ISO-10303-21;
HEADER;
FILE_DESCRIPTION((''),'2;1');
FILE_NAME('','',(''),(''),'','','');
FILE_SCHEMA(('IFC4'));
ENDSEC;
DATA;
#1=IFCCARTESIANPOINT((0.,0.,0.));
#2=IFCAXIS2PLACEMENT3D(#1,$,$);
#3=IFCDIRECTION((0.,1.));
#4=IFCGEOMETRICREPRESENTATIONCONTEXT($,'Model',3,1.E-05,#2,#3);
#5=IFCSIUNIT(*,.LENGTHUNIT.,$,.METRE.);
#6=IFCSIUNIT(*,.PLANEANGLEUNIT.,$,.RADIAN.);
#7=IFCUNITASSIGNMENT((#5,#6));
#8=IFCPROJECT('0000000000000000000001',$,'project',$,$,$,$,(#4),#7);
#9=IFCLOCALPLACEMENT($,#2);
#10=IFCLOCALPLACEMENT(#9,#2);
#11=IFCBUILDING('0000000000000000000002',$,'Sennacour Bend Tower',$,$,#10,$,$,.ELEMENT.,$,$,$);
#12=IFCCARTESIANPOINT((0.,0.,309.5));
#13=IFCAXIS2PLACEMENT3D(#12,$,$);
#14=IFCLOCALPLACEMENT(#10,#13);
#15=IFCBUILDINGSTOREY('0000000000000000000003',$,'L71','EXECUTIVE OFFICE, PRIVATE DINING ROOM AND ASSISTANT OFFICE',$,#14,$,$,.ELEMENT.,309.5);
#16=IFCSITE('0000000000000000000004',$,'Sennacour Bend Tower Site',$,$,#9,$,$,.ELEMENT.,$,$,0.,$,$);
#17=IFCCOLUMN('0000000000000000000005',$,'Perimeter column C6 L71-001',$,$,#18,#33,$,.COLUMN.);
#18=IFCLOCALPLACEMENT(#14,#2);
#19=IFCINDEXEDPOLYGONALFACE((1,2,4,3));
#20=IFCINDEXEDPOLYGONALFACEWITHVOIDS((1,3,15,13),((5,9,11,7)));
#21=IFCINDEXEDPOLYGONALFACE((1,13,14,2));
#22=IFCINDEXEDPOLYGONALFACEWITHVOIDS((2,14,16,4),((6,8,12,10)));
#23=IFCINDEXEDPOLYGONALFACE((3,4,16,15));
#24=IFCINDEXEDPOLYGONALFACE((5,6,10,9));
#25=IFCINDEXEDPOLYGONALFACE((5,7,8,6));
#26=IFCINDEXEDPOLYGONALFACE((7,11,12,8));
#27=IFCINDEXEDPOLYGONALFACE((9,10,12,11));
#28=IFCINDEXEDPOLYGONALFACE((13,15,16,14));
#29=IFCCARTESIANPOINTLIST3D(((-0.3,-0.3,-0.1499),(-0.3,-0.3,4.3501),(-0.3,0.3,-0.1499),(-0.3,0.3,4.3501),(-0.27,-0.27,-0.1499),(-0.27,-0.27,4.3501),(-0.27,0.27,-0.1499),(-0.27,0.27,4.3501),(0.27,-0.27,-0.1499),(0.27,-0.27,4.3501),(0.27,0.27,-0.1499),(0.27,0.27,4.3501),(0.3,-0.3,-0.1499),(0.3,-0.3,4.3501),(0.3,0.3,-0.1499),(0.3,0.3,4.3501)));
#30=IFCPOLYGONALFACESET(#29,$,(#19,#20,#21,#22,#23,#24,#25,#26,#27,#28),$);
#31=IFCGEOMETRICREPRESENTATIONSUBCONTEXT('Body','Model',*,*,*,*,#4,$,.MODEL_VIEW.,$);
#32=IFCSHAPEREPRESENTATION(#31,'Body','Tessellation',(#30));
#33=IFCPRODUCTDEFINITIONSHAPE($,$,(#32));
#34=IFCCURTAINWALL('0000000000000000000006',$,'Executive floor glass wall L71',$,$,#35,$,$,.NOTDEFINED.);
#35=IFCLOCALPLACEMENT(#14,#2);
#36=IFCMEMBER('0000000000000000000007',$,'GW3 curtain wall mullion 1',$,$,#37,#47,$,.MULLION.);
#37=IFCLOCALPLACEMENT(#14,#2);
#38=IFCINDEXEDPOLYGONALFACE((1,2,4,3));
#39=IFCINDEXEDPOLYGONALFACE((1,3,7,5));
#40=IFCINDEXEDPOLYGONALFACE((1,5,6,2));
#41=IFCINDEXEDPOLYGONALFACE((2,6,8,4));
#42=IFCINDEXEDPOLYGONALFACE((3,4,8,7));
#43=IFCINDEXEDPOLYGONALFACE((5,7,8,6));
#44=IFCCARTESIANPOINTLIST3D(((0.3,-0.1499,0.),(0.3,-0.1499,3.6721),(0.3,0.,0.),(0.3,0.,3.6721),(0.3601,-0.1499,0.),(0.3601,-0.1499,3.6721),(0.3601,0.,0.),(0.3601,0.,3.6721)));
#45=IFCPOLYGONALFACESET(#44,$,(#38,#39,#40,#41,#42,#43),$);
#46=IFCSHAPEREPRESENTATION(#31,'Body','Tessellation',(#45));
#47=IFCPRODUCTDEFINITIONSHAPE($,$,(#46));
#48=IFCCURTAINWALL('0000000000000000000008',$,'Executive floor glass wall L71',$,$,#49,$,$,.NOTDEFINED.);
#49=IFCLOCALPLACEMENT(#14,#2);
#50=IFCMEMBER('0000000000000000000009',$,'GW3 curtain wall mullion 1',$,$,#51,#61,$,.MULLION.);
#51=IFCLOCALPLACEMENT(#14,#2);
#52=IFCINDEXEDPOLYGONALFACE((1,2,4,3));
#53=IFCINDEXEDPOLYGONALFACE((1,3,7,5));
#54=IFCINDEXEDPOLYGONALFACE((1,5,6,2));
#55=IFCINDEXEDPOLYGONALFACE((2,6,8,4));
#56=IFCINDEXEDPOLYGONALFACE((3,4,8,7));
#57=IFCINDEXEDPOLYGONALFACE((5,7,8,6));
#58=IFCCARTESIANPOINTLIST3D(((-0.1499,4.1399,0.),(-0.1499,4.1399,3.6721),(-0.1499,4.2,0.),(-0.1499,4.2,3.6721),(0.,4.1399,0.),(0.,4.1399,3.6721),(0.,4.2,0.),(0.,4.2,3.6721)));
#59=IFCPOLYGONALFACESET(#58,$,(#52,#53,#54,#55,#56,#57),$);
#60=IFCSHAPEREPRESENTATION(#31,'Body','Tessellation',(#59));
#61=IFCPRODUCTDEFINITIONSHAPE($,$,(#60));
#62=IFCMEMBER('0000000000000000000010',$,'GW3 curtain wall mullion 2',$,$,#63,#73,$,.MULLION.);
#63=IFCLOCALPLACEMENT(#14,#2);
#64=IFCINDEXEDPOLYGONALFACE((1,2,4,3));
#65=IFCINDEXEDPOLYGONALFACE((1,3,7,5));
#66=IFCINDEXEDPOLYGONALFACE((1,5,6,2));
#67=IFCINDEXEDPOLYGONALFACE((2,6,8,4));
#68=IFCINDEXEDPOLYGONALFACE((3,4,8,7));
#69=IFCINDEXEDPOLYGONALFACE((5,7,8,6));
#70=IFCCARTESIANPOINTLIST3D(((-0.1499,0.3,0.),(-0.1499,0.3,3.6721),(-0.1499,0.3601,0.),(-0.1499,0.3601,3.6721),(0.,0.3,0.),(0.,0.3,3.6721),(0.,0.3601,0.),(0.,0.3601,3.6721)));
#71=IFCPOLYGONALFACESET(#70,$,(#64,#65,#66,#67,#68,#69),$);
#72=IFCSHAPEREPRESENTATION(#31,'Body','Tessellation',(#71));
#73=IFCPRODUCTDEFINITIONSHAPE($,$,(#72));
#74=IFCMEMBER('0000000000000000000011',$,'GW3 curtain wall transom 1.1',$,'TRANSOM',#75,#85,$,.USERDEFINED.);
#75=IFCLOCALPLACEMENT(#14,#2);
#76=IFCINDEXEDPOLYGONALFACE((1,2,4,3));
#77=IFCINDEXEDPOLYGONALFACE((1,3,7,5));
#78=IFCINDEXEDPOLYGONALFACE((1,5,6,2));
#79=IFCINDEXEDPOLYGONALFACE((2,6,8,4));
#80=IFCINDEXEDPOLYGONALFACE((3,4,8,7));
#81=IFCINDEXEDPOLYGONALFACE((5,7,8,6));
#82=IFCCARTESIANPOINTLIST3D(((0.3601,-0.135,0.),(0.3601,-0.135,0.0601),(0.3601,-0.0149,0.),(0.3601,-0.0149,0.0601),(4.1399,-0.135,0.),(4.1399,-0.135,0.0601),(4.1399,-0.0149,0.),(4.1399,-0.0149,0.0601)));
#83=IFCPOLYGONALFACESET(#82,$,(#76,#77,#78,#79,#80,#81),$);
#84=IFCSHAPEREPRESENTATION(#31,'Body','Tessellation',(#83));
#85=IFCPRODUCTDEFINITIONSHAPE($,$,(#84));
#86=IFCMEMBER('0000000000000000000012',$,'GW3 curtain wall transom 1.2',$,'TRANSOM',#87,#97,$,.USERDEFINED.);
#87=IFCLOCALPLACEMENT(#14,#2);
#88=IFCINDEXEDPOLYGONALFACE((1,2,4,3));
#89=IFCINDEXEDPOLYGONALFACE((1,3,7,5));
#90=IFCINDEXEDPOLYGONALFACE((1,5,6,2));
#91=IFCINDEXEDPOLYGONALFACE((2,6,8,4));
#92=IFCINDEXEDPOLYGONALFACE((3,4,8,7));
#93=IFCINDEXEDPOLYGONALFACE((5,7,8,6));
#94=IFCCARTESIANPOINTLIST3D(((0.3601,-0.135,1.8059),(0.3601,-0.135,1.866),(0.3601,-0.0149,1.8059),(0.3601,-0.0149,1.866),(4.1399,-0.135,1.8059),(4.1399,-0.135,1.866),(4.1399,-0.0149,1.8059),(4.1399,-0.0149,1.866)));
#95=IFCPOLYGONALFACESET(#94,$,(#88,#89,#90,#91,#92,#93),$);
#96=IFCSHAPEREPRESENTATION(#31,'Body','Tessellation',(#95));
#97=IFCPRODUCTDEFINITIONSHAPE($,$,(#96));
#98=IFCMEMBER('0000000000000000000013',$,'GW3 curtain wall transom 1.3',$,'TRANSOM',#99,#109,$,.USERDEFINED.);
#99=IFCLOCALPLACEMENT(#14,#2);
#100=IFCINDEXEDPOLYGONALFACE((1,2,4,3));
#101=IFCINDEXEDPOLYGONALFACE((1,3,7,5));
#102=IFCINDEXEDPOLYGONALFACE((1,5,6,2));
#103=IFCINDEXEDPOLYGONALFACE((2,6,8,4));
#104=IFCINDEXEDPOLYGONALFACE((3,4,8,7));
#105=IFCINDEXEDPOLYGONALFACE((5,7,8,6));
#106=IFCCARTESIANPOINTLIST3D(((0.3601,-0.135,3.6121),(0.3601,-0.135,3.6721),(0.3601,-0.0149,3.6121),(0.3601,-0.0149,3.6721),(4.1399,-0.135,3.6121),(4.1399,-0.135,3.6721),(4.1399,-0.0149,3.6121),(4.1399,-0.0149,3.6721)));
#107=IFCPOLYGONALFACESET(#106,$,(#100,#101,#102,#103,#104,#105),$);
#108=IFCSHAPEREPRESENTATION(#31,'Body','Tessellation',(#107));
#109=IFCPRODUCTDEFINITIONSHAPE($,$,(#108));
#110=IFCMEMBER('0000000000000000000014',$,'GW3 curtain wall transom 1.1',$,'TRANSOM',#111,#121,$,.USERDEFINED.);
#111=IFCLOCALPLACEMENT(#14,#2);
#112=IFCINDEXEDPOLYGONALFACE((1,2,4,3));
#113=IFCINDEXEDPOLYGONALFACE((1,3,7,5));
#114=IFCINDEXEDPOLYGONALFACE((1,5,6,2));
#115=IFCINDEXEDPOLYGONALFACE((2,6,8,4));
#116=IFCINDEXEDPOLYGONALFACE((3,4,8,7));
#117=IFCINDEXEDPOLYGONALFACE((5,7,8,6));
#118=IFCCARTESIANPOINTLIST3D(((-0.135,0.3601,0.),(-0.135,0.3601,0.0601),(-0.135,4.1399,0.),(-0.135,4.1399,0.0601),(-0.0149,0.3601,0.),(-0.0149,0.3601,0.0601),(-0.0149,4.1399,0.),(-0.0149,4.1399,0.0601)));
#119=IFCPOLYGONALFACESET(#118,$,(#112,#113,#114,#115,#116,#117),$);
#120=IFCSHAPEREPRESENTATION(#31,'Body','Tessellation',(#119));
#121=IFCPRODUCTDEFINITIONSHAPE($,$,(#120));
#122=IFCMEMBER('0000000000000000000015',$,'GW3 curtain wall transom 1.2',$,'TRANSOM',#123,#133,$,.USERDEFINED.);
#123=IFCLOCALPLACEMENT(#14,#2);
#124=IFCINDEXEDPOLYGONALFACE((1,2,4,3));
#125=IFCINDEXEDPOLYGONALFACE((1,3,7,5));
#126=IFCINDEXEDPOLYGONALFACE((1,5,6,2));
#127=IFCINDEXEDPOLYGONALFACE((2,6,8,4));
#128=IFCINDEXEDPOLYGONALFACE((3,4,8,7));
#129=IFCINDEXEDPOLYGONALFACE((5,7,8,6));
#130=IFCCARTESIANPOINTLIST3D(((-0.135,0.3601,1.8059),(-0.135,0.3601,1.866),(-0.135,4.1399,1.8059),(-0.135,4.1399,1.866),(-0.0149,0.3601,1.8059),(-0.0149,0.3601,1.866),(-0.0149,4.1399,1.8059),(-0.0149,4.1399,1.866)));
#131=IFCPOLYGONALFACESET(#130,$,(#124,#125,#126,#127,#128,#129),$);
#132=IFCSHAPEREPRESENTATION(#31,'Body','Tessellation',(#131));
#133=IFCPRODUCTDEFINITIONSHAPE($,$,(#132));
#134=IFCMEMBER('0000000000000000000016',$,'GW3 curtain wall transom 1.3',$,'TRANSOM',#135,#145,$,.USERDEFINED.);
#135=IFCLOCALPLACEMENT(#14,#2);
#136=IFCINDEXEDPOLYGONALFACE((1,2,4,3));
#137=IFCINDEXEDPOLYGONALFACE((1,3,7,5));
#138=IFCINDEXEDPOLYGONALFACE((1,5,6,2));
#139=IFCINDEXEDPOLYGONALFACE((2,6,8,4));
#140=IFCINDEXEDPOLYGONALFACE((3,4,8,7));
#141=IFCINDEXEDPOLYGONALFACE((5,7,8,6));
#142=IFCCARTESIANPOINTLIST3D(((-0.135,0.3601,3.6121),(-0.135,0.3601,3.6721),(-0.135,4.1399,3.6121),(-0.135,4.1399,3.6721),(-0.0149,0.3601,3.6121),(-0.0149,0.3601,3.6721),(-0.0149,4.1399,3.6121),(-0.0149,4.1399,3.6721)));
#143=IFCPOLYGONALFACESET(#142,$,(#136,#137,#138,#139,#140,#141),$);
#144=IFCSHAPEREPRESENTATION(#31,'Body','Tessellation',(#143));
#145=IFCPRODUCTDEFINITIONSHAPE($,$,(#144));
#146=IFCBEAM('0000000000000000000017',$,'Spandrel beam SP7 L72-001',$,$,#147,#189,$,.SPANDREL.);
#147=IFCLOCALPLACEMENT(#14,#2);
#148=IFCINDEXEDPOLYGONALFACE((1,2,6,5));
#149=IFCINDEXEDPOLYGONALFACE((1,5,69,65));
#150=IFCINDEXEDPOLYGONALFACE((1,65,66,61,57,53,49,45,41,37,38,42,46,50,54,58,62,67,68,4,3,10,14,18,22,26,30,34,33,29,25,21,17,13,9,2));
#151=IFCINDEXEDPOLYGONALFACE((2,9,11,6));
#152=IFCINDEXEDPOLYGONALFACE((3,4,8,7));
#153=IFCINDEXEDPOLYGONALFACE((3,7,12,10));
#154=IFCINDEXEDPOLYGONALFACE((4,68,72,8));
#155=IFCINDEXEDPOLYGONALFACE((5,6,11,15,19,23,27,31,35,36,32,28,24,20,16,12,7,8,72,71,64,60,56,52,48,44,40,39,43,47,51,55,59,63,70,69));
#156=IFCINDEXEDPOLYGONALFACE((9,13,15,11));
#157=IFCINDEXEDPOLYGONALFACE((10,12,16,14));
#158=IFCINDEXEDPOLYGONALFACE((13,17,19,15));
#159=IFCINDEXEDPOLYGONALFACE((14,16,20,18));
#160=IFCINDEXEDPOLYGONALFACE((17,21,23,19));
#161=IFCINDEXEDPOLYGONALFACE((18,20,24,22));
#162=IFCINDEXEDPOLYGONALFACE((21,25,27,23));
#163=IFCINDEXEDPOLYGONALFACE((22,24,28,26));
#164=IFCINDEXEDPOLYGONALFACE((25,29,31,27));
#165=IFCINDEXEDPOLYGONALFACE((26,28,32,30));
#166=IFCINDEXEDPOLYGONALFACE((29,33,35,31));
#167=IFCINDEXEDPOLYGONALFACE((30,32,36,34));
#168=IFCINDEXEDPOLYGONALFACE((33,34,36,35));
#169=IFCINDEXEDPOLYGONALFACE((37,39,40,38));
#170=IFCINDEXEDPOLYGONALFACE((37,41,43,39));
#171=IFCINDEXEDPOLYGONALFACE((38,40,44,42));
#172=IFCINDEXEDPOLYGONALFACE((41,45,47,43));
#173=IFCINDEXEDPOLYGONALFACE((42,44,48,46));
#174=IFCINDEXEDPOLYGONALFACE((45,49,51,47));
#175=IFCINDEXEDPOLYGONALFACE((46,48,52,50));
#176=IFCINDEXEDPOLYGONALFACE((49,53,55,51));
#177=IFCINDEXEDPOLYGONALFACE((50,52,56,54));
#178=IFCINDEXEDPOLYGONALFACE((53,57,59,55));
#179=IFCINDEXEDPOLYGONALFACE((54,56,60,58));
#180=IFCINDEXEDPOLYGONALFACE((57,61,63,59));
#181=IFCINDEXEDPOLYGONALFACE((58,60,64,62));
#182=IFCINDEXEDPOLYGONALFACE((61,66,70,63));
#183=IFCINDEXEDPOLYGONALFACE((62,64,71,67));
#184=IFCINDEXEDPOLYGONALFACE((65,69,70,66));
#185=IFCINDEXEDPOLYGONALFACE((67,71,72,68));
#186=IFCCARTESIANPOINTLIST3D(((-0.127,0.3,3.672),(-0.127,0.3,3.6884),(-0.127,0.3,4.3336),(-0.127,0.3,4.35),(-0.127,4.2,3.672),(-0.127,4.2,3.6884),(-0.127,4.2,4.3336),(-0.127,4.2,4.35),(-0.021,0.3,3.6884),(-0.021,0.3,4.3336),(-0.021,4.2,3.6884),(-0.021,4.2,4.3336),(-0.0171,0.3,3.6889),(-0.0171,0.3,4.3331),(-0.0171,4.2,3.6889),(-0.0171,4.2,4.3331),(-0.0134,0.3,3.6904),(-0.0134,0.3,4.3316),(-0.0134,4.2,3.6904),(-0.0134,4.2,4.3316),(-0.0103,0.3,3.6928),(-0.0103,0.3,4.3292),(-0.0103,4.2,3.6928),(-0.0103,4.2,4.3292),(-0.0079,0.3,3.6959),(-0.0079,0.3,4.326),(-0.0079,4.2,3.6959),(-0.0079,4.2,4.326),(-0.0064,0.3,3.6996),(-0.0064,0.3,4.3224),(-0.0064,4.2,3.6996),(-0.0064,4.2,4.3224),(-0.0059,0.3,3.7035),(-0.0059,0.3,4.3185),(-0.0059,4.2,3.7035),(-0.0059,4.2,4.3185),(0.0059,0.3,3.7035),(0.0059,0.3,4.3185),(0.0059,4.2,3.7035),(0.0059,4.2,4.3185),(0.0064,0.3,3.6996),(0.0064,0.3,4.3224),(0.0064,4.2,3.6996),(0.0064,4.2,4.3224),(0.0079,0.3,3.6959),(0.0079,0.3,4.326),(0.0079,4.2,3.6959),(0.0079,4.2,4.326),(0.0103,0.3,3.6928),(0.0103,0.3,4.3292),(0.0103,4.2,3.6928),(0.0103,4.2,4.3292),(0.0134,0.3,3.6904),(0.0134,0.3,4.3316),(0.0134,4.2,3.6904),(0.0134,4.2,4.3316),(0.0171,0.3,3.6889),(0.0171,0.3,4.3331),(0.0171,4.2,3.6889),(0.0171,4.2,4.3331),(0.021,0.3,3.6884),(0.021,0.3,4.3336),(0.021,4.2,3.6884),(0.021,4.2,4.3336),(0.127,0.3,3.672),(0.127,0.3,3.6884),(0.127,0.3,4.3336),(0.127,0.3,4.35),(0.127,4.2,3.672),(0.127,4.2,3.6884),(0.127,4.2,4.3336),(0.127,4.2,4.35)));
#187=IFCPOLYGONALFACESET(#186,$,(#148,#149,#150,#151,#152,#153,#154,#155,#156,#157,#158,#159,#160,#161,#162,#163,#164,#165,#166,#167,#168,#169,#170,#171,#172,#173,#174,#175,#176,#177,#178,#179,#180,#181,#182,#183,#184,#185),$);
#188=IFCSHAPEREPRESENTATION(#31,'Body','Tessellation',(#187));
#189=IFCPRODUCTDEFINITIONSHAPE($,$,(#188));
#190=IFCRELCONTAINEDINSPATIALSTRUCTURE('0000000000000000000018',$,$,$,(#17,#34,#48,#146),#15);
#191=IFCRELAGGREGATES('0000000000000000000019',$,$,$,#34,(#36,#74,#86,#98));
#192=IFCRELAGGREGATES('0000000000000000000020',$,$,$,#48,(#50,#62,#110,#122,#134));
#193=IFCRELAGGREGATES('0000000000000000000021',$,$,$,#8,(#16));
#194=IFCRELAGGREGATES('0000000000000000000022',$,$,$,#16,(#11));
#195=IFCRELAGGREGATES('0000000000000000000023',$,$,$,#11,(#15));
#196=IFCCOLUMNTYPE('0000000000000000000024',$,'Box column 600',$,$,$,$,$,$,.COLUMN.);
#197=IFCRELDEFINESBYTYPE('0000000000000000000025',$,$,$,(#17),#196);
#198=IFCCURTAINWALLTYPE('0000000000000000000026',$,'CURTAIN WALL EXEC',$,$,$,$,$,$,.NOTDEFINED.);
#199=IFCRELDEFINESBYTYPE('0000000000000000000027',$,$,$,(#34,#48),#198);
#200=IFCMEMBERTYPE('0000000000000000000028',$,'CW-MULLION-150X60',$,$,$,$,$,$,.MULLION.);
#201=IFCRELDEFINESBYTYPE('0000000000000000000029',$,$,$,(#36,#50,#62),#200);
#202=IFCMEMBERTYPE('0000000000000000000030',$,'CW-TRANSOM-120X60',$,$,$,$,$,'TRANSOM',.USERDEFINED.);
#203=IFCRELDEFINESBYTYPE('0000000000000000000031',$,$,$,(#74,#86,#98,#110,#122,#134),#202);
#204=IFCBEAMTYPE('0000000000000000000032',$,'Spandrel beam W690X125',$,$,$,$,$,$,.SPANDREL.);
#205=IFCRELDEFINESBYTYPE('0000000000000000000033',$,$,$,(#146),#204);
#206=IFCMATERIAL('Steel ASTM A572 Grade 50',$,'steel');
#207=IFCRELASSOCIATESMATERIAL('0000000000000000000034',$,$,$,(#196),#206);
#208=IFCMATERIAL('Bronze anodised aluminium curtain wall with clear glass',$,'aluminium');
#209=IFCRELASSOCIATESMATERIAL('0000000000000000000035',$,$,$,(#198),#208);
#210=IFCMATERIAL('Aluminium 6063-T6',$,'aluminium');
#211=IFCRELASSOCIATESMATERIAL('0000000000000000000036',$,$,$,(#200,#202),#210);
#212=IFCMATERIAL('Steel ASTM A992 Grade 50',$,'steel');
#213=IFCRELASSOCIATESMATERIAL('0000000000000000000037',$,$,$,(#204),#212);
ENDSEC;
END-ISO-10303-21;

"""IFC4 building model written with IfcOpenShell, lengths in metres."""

from ifc_helpers import new_model, si_unit, direction, frame, origin, origin_2d, place, context, subcontext, project, spatial, rectangle, hollow_rectangle, i_section, extrude, material, material_profile, profile_set, type_object, element, aggregate, save


model = new_model("IFC4")

# Units and contexts
model_context = context("Model", 3, precision=1e-05, world=origin(), true_north=direction((0.0, 1.0)))
body_context = subcontext(model_context, "Body", "Model", "MODEL_VIEW")
ifc_project = project(units=[si_unit("LENGTHUNIT", "METRE"), si_unit("PLANEANGLEUNIT", "RADIAN")], contexts=[model_context])

# Site, building, storey
site_placement = place(None, origin())
site = spatial("IfcSite", under=ifc_project, at=site_placement, Name="Sennacour Bend Tower Site", CompositionType="ELEMENT", RefElevation=0.0)
building_placement = place(site_placement, origin())
building = spatial("IfcBuilding", under=site, at=building_placement, Name="Sennacour Bend Tower", CompositionType="ELEMENT")
storey_placement = place(building_placement, frame((0.0, 0.0, 309.5)))
storey = spatial("IfcBuildingStorey", under=building, at=storey_placement, Name="L71", Description="EXECUTIVE OFFICE, PRIVATE DINING ROOM AND ASSISTANT OFFICE", CompositionType="ELEMENT", Elevation=309.5)

# Column
ifc_material_1 = material(Name="Steel ASTM A572 Grade 50", Category="steel")
ifc_material_profile_1 = material_profile(ifc_material_1, hollow_rectangle(XDim=0.6001, YDim=0.6001, WallThickness=0.03, at=origin_2d()), Name="Steel ASTM A572 Grade 50", Category="steel")
ifc_profile_set_1 = profile_set([ifc_material_profile_1], Name="Steel ASTM A572 Grade 50")
column_type = type_object("IfcColumnType", Name="Box column 600", PredefinedType="COLUMN", material=ifc_profile_set_1)
column_placement = place(storey_placement, frame((0.0, 0.0, -0.1499), z_axis=(0.0, 0.0, 1.0), x_axis=(1.0, 0.0, 0.0)))
element("IfcColumn", 1, at=column_placement, inside=storey, type_object=column_type, Name="Perimeter column C6 L71-001", PredefinedType="COLUMN", context=body_context, shape_type="SweptSolid", body=[
    extrude(hollow_rectangle(XDim=0.6001, YDim=0.6001, WallThickness=0.03, at=origin_2d()), origin(), (0.0, 0.0, 1.0), 4.5),
])

# Curtain wall, member
ifc_material_2 = material(Name="Bronze anodised aluminium curtain wall with clear glass", Category="aluminium")
curtain_wall_type = type_object("IfcCurtainWallType", Name="CURTAIN WALL EXEC", PredefinedType="NOTDEFINED", material=ifc_material_2)
curtain_wall_1_placement = place(storey_placement, origin())
curtain_wall_1 = element("IfcCurtainWall", 2, at=curtain_wall_1_placement, inside=storey, type_object=curtain_wall_type, Name="Executive floor glass wall L71", PredefinedType="NOTDEFINED")
ifc_material_3 = material(Name="Aluminium 6063-T6", Category="aluminium")
ifc_material_profile_2 = material_profile(ifc_material_3, rectangle(XDim=0.1499, YDim=0.0601, at=origin_2d()), Name="Aluminium 6063-T6", Category="aluminium")
ifc_profile_set_2 = profile_set([ifc_material_profile_2], Name="Aluminium 6063-T6")
member_type_1 = type_object("IfcMemberType", Name="CW-MULLION-150X60", PredefinedType="MULLION", material=ifc_profile_set_2)
member_1_placement = place(storey_placement, frame((0.3301, -0.075, 0.0), z_axis=(0.0, 0.0, 1.0), x_axis=(0.0, 1.0, 0.0)))
member_1 = element("IfcMember", 3, at=member_1_placement, type_object=member_type_1, Name="GW3 curtain wall mullion 1", PredefinedType="MULLION", context=body_context, shape_type="SweptSolid", body=[
    extrude(rectangle(XDim=0.1499, YDim=0.0601, at=origin_2d()), origin(), (0.0, 0.0, 1.0), 3.6721),
])

# Curtain wall, members
curtain_wall_2_placement = place(storey_placement, origin())
curtain_wall_2 = element("IfcCurtainWall", 4, at=curtain_wall_2_placement, inside=storey, type_object=curtain_wall_type, Name="Executive floor glass wall L71", PredefinedType="NOTDEFINED")
member_2_placement = place(storey_placement, frame((-0.075, 4.1699, 0.0), z_axis=(0.0, 0.0, 1.0), x_axis=(1.0, 0.0, 0.0)))
member_2 = element("IfcMember", 5, at=member_2_placement, type_object=member_type_1, Name="GW3 curtain wall mullion 1", PredefinedType="MULLION", context=body_context, shape_type="SweptSolid", body=[
    extrude(rectangle(XDim=0.1499, YDim=0.0601, at=origin_2d()), origin(), (0.0, 0.0, 1.0), 3.6721),
])
member_3_placement = place(storey_placement, frame((-0.075, 0.3301, 0.0), z_axis=(0.0, 0.0, 1.0), x_axis=(1.0, 0.0, 0.0)))
member_3 = element("IfcMember", 6, at=member_3_placement, type_object=member_type_1, Name="GW3 curtain wall mullion 2", PredefinedType="MULLION", context=body_context, shape_type="SweptSolid", body=[
    extrude(rectangle(XDim=0.1499, YDim=0.0601, at=origin_2d()), origin(), (0.0, 0.0, 1.0), 3.6721),
])

# Members
ifc_material_profile_3 = material_profile(ifc_material_3, rectangle(XDim=0.1201, YDim=0.0601, at=origin_2d()), Name="Aluminium 6063-T6", Category="aluminium")
ifc_profile_set_3 = profile_set([ifc_material_profile_3], Name="Aluminium 6063-T6")
member_type_2 = type_object("IfcMemberType", Name="CW-TRANSOM-120X60", ElementType="TRANSOM", PredefinedType="USERDEFINED", material=ifc_profile_set_3)
member_4_placement = place(storey_placement, frame((0.3601, -0.075, 0.03), z_axis=(1.0, 0.0, 0.0), x_axis=(0.0, 1.0, 0.0)))
member_4 = element("IfcMember", 7, at=member_4_placement, type_object=member_type_2, Name="GW3 curtain wall transom 1.1", ObjectType="TRANSOM", PredefinedType="USERDEFINED", context=body_context, shape_type="SweptSolid", body=[
    extrude(rectangle(XDim=0.1201, YDim=0.0601, at=origin_2d()), origin(), (0.0, 0.0, 1.0), 3.7798),
])
member_5_placement = place(storey_placement, frame((0.3601, -0.075, 1.8359), z_axis=(1.0, 0.0, 0.0), x_axis=(0.0, 1.0, 0.0)))
member_5 = element("IfcMember", 8, at=member_5_placement, type_object=member_type_2, Name="GW3 curtain wall transom 1.2", ObjectType="TRANSOM", PredefinedType="USERDEFINED", context=body_context, shape_type="SweptSolid", body=[
    extrude(rectangle(XDim=0.1201, YDim=0.0601, at=origin_2d()), origin(), (0.0, 0.0, 1.0), 3.7798),
])
member_6_placement = place(storey_placement, frame((0.3601, -0.075, 3.6421), z_axis=(1.0, 0.0, 0.0), x_axis=(0.0, 1.0, 0.0)))
member_6 = element("IfcMember", 9, at=member_6_placement, type_object=member_type_2, Name="GW3 curtain wall transom 1.3", ObjectType="TRANSOM", PredefinedType="USERDEFINED", context=body_context, shape_type="SweptSolid", body=[
    extrude(rectangle(XDim=0.1201, YDim=0.0601, at=origin_2d()), origin(), (0.0, 0.0, 1.0), 3.7798),
])
aggregate(curtain_wall_1, [member_1, member_4, member_5, member_6])
member_7_placement = place(storey_placement, frame((-0.075, 4.1399, 0.03), z_axis=(0.0, -1.0, 0.0), x_axis=(1.0, 0.0, 0.0)))
member_7 = element("IfcMember", 10, at=member_7_placement, type_object=member_type_2, Name="GW3 curtain wall transom 1.1", ObjectType="TRANSOM", PredefinedType="USERDEFINED", context=body_context, shape_type="SweptSolid", body=[
    extrude(rectangle(XDim=0.1201, YDim=0.0601, at=origin_2d()), origin(), (0.0, 0.0, 1.0), 3.7798),
])
member_8_placement = place(storey_placement, frame((-0.075, 4.1399, 1.8359), z_axis=(0.0, -1.0, 0.0), x_axis=(1.0, 0.0, 0.0)))
member_8 = element("IfcMember", 11, at=member_8_placement, type_object=member_type_2, Name="GW3 curtain wall transom 1.2", ObjectType="TRANSOM", PredefinedType="USERDEFINED", context=body_context, shape_type="SweptSolid", body=[
    extrude(rectangle(XDim=0.1201, YDim=0.0601, at=origin_2d()), origin(), (0.0, 0.0, 1.0), 3.7798),
])
member_9_placement = place(storey_placement, frame((-0.075, 4.1399, 3.6421), z_axis=(0.0, -1.0, 0.0), x_axis=(1.0, 0.0, 0.0)))
member_9 = element("IfcMember", 12, at=member_9_placement, type_object=member_type_2, Name="GW3 curtain wall transom 1.3", ObjectType="TRANSOM", PredefinedType="USERDEFINED", context=body_context, shape_type="SweptSolid", body=[
    extrude(rectangle(XDim=0.1201, YDim=0.0601, at=origin_2d()), origin(), (0.0, 0.0, 1.0), 3.7798),
])

# Beam
ifc_material_4 = material(Name="Steel ASTM A992 Grade 50", Category="steel")
ifc_material_profile_4 = material_profile(ifc_material_4, i_section(OverallWidth=0.2539, OverallDepth=0.678, WebThickness=0.0117, FlangeThickness=0.0164, FilletRadius=0.0151, at=origin_2d()), Name="Steel ASTM A992 Grade 50", Category="steel")
ifc_profile_set_4 = profile_set([ifc_material_profile_4], Name="Steel ASTM A992 Grade 50")
beam_type = type_object("IfcBeamType", Name="Spandrel beam W690X125", PredefinedType="SPANDREL", material=ifc_profile_set_4)
beam_placement = place(storey_placement, frame((0.0, 0.3, 4.011), z_axis=(0.0, 1.0, 0.0), x_axis=(-1.0, 0.0, 0.0)))
element("IfcBeam", 13, at=beam_placement, inside=storey, type_object=beam_type, Name="Spandrel beam SP7 L72-001", PredefinedType="SPANDREL", context=body_context, shape_type="SweptSolid", body=[
    extrude(i_section(OverallWidth=0.2539, OverallDepth=0.678, WebThickness=0.0117, FlangeThickness=0.0164, FilletRadius=0.0151, at=origin_2d()), origin(), (0.0, 0.0, 1.0), 3.8999),
])

aggregate(curtain_wall_2, [member_2, member_3, member_7, member_8, member_9])

save(model, "model.ifc")
